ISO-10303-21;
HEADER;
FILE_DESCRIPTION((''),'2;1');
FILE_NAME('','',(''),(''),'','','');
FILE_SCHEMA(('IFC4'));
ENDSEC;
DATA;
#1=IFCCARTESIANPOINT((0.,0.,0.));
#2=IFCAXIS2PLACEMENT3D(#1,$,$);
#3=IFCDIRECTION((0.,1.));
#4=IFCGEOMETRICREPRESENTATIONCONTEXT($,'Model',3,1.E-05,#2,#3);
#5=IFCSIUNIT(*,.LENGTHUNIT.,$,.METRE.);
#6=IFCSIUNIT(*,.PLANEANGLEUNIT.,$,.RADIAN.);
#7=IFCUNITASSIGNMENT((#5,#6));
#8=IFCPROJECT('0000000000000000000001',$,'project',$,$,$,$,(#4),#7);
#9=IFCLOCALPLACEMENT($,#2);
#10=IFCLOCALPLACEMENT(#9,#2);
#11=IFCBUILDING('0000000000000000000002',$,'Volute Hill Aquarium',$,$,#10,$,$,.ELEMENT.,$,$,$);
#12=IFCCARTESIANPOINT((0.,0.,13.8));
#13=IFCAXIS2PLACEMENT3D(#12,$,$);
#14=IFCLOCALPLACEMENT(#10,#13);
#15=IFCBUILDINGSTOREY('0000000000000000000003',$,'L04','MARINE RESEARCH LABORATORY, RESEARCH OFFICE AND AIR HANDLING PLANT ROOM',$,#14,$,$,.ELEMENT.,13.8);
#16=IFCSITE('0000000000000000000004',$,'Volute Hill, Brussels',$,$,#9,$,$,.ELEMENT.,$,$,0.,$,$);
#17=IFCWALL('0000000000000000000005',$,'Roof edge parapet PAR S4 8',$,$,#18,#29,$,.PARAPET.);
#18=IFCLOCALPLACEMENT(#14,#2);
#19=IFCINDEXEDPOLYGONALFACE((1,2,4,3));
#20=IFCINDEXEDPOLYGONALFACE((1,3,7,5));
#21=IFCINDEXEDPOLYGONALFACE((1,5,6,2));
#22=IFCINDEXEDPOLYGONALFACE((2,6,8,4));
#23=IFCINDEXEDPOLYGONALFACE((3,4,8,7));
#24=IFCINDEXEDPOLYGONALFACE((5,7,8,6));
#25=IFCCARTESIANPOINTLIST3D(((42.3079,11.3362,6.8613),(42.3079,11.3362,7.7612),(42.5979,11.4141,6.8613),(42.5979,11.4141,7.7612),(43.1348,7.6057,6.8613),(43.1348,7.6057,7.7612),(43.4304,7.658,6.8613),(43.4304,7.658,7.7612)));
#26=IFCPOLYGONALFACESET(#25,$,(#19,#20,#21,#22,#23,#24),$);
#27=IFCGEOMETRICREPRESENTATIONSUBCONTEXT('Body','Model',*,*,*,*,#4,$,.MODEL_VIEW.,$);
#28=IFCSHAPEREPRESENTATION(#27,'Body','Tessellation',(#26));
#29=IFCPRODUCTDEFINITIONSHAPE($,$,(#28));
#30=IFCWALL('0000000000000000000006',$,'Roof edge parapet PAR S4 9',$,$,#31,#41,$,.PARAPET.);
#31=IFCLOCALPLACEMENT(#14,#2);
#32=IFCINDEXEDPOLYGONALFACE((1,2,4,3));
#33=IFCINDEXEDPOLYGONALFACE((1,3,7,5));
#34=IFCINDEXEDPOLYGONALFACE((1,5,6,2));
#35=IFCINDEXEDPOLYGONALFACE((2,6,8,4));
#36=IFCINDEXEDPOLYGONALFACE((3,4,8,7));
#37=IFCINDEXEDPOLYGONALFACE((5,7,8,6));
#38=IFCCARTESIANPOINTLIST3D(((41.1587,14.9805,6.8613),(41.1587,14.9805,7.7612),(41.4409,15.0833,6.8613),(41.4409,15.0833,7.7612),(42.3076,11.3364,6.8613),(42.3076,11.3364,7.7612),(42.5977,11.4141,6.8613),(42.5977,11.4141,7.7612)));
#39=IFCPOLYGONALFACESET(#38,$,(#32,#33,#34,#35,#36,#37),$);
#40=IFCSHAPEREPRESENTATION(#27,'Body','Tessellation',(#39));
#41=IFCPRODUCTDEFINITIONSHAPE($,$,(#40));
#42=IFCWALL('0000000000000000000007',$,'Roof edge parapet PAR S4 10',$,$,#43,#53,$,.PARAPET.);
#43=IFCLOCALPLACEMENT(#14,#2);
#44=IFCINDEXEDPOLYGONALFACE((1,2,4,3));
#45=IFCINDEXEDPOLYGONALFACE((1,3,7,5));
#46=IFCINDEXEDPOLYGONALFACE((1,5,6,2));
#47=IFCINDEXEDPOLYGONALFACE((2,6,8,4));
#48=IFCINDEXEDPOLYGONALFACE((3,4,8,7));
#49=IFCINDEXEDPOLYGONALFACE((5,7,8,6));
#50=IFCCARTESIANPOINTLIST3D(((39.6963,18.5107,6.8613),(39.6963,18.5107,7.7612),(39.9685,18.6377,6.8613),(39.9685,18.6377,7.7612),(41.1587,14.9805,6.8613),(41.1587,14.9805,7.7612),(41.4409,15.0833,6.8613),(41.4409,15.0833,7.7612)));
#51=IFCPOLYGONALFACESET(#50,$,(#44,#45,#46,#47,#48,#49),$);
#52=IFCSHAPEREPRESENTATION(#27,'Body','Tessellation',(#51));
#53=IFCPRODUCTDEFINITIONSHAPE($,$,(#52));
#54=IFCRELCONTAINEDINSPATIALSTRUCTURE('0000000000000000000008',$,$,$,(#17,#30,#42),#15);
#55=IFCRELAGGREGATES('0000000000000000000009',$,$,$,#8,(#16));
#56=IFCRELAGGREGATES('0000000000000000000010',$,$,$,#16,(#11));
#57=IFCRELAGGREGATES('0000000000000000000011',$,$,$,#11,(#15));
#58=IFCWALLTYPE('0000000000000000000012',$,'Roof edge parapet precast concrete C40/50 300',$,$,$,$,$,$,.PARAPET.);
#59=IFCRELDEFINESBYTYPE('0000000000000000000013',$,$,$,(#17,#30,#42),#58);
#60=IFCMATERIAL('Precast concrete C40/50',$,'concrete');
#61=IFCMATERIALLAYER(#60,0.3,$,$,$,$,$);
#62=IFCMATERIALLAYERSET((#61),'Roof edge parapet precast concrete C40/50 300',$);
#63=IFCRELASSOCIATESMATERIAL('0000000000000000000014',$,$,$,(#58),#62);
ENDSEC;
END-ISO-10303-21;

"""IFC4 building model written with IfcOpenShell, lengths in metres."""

from ifc_helpers import new_model, si_unit, direction, frame, origin, place, context, subcontext, project, spatial, polyline, outline, extrude, material, layer, layer_set, type_object, element, save


model = new_model("IFC4")

# Units and contexts
model_context = context("Model", 3, precision=1e-05, world=origin(), true_north=direction((0.0, 1.0)))
body_context = subcontext(model_context, "Body", "Model", "MODEL_VIEW")
ifc_project = project(units=[si_unit("LENGTHUNIT", "METRE"), si_unit("PLANEANGLEUNIT", "RADIAN")], contexts=[model_context])

# Site, building, storey
site_placement = place(None, origin())
site = spatial("IfcSite", under=ifc_project, at=site_placement, Name="Volute Hill, Brussels", CompositionType="ELEMENT", RefElevation=0.0)
building_placement = place(site_placement, origin())
building = spatial("IfcBuilding", under=site, at=building_placement, Name="Volute Hill Aquarium", CompositionType="ELEMENT")
storey_placement = place(building_placement, frame((0.0, 0.0, 13.8)))
storey = spatial("IfcBuildingStorey", under=building, at=storey_placement, Name="L04", Description="MARINE RESEARCH LABORATORY, RESEARCH OFFICE AND AIR HANDLING PLANT ROOM", CompositionType="ELEMENT", Elevation=13.8)

# Walls
ifc_material_1 = material(Name="Precast concrete C40/50", Category="concrete")
ifc_layer_1 = layer(ifc_material_1, 0.3)
ifc_layer_set_1 = layer_set([ifc_layer_1], Name="Roof edge parapet precast concrete C40/50 300")
wall_type_1 = type_object("IfcWallType", Name="Roof edge parapet precast concrete C40/50 300", PredefinedType="PARAPET", material=ifc_layer_set_1)
wall_1_placement = place(storey_placement, frame((0.0, 0.0, 6.8613)))
element("IfcWall", 1, at=wall_1_placement, inside=storey, type_object=wall_type_1, Name="Roof edge parapet PAR S4 8", PredefinedType="PARAPET", context=body_context, shape_type="SweptSolid", body=[
    extrude(outline(polyline([(43.1348, 7.6057), (43.4304, 7.658), (42.5979, 11.4141), (42.3079, 11.3362), (43.1348, 7.6057)])), origin(), (0.0, 0.0, 1.0), 0.8999),
])
wall_2_placement = place(storey_placement, frame((0.0, 0.0, 6.8613)))
element("IfcWall", 2, at=wall_2_placement, inside=storey, type_object=wall_type_1, Name="Roof edge parapet PAR S4 9", PredefinedType="PARAPET", context=body_context, shape_type="SweptSolid", body=[
    extrude(outline(polyline([(42.3076, 11.3364), (42.5977, 11.4141), (41.4409, 15.0833), (41.1587, 14.9805), (42.3076, 11.3364)])), origin(), (0.0, 0.0, 1.0), 0.8999),
])
wall_3_placement = place(storey_placement, frame((0.0, 0.0, 6.8613)))
element("IfcWall", 3, at=wall_3_placement, inside=storey, type_object=wall_type_1, Name="Roof edge parapet PAR S4 10", PredefinedType="PARAPET", context=body_context, shape_type="SweptSolid", body=[
    extrude(outline(polyline([(39.9685, 18.6377), (39.6963, 18.5107), (41.1587, 14.9805), (41.4409, 15.0833), (39.9685, 18.6377)])), origin(), (0.0, 0.0, 1.0), 0.8999),
])

save(model, "model.ifc")
